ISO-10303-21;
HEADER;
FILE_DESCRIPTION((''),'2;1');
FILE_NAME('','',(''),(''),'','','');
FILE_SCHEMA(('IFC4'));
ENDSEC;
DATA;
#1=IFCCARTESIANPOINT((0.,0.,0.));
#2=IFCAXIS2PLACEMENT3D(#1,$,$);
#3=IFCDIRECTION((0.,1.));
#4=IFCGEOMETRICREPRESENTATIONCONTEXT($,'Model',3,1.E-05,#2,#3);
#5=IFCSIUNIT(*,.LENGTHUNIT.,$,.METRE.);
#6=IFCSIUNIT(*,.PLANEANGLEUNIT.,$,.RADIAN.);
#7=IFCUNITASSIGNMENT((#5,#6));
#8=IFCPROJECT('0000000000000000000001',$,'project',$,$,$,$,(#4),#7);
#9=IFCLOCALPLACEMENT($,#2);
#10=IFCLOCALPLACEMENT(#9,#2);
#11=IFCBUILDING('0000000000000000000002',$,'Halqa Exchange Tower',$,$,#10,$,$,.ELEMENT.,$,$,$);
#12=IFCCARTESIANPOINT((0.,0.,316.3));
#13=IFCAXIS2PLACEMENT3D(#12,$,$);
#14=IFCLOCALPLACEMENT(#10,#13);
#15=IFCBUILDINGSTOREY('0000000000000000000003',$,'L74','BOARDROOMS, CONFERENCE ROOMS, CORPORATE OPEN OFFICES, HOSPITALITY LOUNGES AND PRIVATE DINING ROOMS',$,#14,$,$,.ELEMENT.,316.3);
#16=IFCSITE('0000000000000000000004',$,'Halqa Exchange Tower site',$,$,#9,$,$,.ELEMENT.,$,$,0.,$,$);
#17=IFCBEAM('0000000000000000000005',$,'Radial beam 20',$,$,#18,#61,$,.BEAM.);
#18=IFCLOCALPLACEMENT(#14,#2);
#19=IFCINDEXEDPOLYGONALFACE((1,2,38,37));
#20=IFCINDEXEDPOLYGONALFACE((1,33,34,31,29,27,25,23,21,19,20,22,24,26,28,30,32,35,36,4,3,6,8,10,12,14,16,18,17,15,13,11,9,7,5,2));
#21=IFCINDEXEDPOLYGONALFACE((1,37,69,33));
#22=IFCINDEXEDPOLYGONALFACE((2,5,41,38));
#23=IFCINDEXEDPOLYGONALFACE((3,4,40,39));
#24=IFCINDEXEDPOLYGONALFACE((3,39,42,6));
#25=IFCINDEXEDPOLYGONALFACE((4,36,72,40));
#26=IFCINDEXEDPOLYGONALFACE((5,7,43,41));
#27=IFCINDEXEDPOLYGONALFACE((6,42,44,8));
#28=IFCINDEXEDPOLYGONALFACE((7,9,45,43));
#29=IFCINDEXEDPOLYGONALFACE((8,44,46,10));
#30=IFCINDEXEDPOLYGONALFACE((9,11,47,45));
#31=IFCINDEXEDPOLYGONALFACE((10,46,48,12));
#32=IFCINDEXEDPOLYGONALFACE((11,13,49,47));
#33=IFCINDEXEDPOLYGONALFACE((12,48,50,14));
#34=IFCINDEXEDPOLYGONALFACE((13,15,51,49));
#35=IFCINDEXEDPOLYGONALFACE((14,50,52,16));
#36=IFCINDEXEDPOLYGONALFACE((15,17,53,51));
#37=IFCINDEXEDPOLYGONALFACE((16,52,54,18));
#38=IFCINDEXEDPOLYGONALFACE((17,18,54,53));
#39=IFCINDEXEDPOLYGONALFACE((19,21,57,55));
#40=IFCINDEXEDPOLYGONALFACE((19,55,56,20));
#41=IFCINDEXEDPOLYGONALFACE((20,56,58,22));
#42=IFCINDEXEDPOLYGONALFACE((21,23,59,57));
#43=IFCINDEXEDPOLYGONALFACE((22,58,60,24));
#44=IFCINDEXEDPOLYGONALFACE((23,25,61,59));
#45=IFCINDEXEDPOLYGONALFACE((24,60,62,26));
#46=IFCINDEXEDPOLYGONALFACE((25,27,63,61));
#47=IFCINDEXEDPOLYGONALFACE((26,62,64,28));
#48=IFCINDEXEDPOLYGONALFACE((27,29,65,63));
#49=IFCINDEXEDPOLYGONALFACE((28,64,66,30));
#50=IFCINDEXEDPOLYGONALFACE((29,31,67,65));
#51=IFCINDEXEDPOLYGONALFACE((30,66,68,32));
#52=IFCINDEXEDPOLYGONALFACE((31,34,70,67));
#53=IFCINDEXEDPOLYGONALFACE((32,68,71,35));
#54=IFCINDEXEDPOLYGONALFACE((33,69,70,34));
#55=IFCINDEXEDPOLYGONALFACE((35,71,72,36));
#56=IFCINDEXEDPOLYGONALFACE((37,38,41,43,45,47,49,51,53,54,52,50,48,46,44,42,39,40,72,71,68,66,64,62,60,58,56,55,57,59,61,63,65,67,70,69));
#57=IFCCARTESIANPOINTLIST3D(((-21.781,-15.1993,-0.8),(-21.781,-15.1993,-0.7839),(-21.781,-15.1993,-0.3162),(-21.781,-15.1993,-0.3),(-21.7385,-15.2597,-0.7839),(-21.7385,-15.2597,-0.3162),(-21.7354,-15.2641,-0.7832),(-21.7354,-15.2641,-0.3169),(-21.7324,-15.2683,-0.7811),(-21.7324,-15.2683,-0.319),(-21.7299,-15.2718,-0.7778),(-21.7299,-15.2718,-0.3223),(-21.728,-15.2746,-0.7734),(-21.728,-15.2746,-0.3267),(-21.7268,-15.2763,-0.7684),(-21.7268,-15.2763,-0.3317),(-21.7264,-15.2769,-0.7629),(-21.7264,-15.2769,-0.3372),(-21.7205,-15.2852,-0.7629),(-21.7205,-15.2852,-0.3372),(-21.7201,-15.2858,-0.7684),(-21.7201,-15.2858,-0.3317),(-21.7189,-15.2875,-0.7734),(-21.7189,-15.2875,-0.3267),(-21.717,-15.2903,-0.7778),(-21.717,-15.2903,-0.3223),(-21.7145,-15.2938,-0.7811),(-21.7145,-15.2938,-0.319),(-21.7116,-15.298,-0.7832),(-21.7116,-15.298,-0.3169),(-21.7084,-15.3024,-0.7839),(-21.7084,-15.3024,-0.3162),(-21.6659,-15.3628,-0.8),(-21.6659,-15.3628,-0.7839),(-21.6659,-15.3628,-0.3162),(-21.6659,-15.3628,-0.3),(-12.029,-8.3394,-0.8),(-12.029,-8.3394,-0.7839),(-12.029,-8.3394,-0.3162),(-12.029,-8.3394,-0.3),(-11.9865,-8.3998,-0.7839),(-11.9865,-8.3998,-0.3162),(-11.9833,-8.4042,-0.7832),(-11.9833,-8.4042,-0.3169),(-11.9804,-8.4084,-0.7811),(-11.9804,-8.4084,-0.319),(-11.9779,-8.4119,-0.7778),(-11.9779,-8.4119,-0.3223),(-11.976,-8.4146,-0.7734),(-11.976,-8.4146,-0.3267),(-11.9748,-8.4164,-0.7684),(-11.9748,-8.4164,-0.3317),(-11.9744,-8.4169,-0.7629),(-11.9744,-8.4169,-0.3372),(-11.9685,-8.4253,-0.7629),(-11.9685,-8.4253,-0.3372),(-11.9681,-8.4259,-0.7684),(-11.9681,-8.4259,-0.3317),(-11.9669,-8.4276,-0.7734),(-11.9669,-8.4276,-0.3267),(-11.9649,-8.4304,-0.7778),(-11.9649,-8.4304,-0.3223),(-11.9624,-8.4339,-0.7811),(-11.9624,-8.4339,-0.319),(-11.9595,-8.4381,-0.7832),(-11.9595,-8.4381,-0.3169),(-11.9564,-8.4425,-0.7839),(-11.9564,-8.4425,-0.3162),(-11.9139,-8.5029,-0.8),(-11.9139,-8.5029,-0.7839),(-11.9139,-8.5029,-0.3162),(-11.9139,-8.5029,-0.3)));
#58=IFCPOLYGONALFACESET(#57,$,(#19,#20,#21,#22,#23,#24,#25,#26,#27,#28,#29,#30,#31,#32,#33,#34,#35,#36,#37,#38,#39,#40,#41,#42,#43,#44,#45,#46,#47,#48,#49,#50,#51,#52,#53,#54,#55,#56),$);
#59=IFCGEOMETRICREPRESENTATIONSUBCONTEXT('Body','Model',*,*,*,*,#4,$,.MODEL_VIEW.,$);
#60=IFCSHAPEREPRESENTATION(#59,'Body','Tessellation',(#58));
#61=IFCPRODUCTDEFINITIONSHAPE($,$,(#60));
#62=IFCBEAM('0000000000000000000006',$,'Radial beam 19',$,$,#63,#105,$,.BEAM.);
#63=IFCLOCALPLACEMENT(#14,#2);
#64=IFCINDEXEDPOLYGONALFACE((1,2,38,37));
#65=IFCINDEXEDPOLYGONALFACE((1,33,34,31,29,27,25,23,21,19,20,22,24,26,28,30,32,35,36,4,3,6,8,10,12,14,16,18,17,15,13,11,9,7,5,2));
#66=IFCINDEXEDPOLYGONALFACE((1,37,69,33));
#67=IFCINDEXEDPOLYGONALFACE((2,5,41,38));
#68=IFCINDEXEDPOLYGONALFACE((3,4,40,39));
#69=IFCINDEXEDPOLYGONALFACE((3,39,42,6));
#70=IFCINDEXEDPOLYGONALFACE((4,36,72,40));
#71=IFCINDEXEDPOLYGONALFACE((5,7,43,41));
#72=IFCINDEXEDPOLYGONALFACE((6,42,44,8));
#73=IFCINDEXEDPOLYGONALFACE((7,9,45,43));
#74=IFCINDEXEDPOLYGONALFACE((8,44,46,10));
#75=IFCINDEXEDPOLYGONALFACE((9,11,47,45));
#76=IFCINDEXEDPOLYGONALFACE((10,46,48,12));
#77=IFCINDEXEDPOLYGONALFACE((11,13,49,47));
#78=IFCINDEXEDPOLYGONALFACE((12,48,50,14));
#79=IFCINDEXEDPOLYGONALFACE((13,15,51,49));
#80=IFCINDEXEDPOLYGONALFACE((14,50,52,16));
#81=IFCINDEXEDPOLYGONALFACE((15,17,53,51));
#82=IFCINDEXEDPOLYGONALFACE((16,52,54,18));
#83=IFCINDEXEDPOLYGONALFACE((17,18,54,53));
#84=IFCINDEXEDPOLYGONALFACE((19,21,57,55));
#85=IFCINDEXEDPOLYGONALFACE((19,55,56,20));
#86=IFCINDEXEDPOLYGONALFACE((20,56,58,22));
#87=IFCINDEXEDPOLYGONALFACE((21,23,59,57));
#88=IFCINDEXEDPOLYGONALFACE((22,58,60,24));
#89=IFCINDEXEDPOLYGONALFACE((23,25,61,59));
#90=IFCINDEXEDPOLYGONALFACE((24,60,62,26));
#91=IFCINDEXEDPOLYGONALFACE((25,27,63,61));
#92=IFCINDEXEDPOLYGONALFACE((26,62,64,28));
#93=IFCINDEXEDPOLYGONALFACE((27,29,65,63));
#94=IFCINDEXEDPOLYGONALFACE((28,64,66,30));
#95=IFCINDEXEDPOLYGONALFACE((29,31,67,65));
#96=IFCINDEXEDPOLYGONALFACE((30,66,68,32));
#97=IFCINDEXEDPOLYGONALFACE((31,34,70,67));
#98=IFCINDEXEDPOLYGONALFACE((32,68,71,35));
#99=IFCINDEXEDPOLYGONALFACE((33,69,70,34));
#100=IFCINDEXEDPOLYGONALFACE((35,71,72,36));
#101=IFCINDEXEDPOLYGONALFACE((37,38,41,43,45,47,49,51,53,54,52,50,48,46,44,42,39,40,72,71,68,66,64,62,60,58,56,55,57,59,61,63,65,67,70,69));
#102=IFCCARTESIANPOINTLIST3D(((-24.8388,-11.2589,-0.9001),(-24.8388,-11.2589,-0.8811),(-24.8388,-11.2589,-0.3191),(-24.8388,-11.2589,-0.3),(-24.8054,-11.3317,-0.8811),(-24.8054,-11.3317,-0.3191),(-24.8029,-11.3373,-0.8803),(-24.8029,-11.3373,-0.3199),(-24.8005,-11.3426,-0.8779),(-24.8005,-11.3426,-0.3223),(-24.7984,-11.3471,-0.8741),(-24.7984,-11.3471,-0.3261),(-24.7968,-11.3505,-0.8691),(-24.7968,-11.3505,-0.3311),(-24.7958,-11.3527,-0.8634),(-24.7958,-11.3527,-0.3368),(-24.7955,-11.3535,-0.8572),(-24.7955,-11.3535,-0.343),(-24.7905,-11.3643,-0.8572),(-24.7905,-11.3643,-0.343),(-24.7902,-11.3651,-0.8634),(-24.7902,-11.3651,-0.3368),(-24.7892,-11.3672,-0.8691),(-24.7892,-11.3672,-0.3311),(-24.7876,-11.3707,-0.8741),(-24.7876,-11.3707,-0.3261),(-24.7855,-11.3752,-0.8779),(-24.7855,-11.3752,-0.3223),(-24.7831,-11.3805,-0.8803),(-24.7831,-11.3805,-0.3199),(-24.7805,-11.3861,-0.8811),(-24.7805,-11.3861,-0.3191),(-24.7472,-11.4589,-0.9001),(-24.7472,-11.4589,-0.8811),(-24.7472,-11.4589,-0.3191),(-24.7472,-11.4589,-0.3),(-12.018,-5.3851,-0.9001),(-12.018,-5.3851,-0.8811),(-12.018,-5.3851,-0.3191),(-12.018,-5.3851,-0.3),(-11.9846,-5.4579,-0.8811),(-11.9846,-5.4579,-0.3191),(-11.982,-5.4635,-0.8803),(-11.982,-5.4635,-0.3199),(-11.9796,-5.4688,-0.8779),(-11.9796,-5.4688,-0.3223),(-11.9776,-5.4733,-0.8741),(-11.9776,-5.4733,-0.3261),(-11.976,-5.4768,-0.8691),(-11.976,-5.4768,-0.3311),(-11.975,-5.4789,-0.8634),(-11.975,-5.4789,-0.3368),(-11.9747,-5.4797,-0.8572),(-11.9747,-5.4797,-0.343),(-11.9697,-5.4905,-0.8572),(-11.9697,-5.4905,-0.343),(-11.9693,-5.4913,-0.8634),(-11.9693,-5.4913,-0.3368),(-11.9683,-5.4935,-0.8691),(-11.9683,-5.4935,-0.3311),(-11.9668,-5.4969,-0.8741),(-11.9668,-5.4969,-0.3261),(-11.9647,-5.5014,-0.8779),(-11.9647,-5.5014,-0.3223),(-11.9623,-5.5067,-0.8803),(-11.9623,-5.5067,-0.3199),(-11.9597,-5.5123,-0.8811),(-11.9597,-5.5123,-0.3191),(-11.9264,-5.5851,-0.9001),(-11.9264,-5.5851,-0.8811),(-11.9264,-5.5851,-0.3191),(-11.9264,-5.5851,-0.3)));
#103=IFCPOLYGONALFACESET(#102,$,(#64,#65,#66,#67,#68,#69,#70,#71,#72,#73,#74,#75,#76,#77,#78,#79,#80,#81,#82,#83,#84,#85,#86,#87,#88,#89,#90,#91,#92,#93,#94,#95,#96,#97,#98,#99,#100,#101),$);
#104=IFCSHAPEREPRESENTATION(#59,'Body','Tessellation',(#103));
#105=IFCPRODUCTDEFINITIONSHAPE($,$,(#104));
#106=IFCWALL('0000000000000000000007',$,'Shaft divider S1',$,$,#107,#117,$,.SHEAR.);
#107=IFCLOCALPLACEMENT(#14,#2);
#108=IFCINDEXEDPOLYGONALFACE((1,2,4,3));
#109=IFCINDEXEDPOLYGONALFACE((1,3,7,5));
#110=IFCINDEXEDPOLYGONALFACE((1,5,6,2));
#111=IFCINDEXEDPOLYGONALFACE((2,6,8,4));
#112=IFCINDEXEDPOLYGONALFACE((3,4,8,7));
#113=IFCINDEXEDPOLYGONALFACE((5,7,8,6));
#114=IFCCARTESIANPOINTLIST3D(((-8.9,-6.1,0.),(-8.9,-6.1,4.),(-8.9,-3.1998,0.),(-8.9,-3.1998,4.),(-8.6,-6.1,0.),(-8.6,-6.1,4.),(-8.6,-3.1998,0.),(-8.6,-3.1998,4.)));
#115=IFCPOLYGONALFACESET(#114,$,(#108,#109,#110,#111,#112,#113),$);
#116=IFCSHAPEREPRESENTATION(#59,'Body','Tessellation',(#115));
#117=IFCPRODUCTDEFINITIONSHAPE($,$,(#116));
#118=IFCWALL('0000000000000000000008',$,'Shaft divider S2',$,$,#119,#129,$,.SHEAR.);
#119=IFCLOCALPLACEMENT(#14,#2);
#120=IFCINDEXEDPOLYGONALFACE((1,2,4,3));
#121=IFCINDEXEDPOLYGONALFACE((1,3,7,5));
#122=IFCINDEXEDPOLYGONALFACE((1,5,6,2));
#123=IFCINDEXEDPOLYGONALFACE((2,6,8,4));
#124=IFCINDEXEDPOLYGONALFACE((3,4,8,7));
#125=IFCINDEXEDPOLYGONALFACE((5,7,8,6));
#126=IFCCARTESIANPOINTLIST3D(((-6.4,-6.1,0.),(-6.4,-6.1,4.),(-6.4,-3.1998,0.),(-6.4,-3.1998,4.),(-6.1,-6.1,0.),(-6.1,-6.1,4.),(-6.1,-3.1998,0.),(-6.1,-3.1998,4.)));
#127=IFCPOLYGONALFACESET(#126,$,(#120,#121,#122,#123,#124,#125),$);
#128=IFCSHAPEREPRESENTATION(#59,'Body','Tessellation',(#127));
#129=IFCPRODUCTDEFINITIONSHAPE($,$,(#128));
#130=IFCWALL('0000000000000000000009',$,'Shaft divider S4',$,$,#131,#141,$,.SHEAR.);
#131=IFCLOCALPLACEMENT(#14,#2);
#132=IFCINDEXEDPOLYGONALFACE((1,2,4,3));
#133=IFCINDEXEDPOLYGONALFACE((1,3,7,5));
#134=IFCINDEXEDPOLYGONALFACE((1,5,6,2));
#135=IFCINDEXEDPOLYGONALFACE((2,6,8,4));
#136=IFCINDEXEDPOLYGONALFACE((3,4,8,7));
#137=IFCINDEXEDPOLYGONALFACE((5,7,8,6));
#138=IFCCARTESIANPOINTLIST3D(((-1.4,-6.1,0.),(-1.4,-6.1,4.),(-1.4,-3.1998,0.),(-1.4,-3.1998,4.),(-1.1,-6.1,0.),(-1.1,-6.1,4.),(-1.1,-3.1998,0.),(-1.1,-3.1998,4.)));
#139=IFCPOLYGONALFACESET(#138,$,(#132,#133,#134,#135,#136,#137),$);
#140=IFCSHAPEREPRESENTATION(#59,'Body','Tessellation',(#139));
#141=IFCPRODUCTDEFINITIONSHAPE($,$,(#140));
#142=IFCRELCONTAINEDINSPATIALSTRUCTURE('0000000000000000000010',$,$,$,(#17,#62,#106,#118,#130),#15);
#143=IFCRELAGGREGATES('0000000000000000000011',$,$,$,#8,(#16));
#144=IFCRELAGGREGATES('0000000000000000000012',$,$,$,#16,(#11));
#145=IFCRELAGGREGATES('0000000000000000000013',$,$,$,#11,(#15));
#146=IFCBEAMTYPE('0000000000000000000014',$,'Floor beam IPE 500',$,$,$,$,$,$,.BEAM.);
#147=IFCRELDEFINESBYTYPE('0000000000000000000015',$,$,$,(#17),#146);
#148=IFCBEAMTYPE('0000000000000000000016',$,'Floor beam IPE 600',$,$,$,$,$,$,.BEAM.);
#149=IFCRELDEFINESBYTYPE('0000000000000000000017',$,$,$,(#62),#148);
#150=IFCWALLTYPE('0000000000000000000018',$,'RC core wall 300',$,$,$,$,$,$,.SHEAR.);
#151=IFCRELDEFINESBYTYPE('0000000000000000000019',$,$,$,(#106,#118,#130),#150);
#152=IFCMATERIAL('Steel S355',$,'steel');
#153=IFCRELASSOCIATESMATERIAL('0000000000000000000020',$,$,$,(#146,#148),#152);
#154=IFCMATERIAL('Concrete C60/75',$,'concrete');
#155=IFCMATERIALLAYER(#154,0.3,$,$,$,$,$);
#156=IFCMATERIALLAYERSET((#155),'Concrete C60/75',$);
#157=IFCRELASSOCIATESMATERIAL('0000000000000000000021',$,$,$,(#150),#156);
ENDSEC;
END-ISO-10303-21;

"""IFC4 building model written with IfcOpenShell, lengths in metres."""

from ifc_helpers import new_model, si_unit, direction, frame, frame_2d, origin, origin_2d, place, context, subcontext, project, spatial, rectangle, i_section, extrude, material, layer, layer_set, material_profile, profile_set, type_object, element, save


model = new_model("IFC4")

# Units and contexts
model_context = context("Model", 3, precision=1e-05, world=origin(), true_north=direction((0.0, 1.0)))
body_context = subcontext(model_context, "Body", "Model", "MODEL_VIEW")
ifc_project = project(units=[si_unit("LENGTHUNIT", "METRE"), si_unit("PLANEANGLEUNIT", "RADIAN")], contexts=[model_context])

# Site, building, storey
site_placement = place(None, origin())
site = spatial("IfcSite", under=ifc_project, at=site_placement, Name="Halqa Exchange Tower site", CompositionType="ELEMENT", RefElevation=0.0)
building_placement = place(site_placement, origin())
building = spatial("IfcBuilding", under=site, at=building_placement, Name="Halqa Exchange Tower", CompositionType="ELEMENT")
storey_placement = place(building_placement, frame((0.0, 0.0, 316.3)))
storey = spatial("IfcBuildingStorey", under=building, at=storey_placement, Name="L74", Description="BOARDROOMS, CONFERENCE ROOMS, CORPORATE OPEN OFFICES, HOSPITALITY LOUNGES AND PRIVATE DINING ROOMS", CompositionType="ELEMENT", Elevation=316.3)

# Beams
ifc_material_1 = material(Name="Steel S355", Category="steel")
ifc_material_profile_1 = material_profile(ifc_material_1, i_section(OverallWidth=0.2, OverallDepth=0.5, WebThickness=0.0103, FlangeThickness=0.0161, FilletRadius=0.021, at=origin_2d()), Name="IPE 500")
ifc_profile_set_1 = profile_set([ifc_material_profile_1], Name="Steel S355")
beam_type_1 = type_object("IfcBeamType", Name="Floor beam IPE 500", PredefinedType="BEAM", material=ifc_profile_set_1)
beam_1_placement = place(storey_placement, frame((-11.9714, -8.4211, -0.55), z_axis=(-0.81791, -0.575346, 0.0), x_axis=(0.575346, -0.81791, 0.0)))
element("IfcBeam", 1, at=beam_1_placement, inside=storey, type_object=beam_type_1, Name="Radial beam 20", PredefinedType="BEAM", context=body_context, shape_type="SweptSolid", body=[
    extrude(i_section(OverallWidth=0.2, OverallDepth=0.5, WebThickness=0.0103, FlangeThickness=0.0161, FilletRadius=0.021, at=origin_2d()), origin(), (0.0, 0.0, 1.0), 11.9231),
])
ifc_material_profile_2 = material_profile(ifc_material_1, i_section(OverallWidth=0.22, OverallDepth=0.6001, WebThickness=0.012, FlangeThickness=0.019, FilletRadius=0.0239, at=origin_2d()), Name="IPE 600")
ifc_profile_set_2 = profile_set([ifc_material_profile_2], Name="Steel S355")
beam_type_2 = type_object("IfcBeamType", Name="Floor beam IPE 600", PredefinedType="BEAM", material=ifc_profile_set_2)
beam_2_placement = place(storey_placement, frame((-11.9722, -5.4851, -0.6001), z_axis=(-0.90913, -0.416513, 0.0), x_axis=(0.416513, -0.90913, 0.0)))
element("IfcBeam", 2, at=beam_2_placement, inside=storey, type_object=beam_type_2, Name="Radial beam 19", PredefinedType="BEAM", context=body_context, shape_type="SweptSolid", body=[
    extrude(i_section(OverallWidth=0.22, OverallDepth=0.6001, WebThickness=0.012, FlangeThickness=0.019, FilletRadius=0.0239, at=origin_2d()), origin(), (0.0, 0.0, 1.0), 14.1023),
])

# Walls
ifc_material_2 = material(Name="Concrete C60/75", Category="concrete")
ifc_layer_1 = layer(ifc_material_2, 0.3)
ifc_layer_set_1 = layer_set([ifc_layer_1], Name="Concrete C60/75")
wall_type_1 = type_object("IfcWallType", Name="RC core wall 300", PredefinedType="SHEAR", material=ifc_layer_set_1)
for number, where, z_axis, x_axis, name in (
    (3, (-8.75, -6.1001, 0.0), (0.0, 0.0, 1.0), (0.0, 1.0, 0.0), "Shaft divider S1"),
    (4, (-6.25, -6.1001, 0.0), (0.0, 0.0, 1.0), (0.0, 1.0, 0.0), "Shaft divider S2"),
    (5, (-1.25, -6.1001, 0.0), (0.0, 0.0, 1.0), (0.0, 1.0, 0.0), "Shaft divider S4"),
):
    element("IfcWall", number, at=place(storey_placement, frame(where, z_axis=z_axis, x_axis=x_axis)), inside=storey, type_object=wall_type_1, Name=name, PredefinedType="SHEAR", context=body_context, shape_type="SweptSolid", body=[
        extrude(rectangle(XDim=2.9001, YDim=0.3, at=frame_2d((1.4502, 0.0))), origin(), (0.0, 0.0, 1.0), 4.0),
    ])

save(model, "model.ifc")
